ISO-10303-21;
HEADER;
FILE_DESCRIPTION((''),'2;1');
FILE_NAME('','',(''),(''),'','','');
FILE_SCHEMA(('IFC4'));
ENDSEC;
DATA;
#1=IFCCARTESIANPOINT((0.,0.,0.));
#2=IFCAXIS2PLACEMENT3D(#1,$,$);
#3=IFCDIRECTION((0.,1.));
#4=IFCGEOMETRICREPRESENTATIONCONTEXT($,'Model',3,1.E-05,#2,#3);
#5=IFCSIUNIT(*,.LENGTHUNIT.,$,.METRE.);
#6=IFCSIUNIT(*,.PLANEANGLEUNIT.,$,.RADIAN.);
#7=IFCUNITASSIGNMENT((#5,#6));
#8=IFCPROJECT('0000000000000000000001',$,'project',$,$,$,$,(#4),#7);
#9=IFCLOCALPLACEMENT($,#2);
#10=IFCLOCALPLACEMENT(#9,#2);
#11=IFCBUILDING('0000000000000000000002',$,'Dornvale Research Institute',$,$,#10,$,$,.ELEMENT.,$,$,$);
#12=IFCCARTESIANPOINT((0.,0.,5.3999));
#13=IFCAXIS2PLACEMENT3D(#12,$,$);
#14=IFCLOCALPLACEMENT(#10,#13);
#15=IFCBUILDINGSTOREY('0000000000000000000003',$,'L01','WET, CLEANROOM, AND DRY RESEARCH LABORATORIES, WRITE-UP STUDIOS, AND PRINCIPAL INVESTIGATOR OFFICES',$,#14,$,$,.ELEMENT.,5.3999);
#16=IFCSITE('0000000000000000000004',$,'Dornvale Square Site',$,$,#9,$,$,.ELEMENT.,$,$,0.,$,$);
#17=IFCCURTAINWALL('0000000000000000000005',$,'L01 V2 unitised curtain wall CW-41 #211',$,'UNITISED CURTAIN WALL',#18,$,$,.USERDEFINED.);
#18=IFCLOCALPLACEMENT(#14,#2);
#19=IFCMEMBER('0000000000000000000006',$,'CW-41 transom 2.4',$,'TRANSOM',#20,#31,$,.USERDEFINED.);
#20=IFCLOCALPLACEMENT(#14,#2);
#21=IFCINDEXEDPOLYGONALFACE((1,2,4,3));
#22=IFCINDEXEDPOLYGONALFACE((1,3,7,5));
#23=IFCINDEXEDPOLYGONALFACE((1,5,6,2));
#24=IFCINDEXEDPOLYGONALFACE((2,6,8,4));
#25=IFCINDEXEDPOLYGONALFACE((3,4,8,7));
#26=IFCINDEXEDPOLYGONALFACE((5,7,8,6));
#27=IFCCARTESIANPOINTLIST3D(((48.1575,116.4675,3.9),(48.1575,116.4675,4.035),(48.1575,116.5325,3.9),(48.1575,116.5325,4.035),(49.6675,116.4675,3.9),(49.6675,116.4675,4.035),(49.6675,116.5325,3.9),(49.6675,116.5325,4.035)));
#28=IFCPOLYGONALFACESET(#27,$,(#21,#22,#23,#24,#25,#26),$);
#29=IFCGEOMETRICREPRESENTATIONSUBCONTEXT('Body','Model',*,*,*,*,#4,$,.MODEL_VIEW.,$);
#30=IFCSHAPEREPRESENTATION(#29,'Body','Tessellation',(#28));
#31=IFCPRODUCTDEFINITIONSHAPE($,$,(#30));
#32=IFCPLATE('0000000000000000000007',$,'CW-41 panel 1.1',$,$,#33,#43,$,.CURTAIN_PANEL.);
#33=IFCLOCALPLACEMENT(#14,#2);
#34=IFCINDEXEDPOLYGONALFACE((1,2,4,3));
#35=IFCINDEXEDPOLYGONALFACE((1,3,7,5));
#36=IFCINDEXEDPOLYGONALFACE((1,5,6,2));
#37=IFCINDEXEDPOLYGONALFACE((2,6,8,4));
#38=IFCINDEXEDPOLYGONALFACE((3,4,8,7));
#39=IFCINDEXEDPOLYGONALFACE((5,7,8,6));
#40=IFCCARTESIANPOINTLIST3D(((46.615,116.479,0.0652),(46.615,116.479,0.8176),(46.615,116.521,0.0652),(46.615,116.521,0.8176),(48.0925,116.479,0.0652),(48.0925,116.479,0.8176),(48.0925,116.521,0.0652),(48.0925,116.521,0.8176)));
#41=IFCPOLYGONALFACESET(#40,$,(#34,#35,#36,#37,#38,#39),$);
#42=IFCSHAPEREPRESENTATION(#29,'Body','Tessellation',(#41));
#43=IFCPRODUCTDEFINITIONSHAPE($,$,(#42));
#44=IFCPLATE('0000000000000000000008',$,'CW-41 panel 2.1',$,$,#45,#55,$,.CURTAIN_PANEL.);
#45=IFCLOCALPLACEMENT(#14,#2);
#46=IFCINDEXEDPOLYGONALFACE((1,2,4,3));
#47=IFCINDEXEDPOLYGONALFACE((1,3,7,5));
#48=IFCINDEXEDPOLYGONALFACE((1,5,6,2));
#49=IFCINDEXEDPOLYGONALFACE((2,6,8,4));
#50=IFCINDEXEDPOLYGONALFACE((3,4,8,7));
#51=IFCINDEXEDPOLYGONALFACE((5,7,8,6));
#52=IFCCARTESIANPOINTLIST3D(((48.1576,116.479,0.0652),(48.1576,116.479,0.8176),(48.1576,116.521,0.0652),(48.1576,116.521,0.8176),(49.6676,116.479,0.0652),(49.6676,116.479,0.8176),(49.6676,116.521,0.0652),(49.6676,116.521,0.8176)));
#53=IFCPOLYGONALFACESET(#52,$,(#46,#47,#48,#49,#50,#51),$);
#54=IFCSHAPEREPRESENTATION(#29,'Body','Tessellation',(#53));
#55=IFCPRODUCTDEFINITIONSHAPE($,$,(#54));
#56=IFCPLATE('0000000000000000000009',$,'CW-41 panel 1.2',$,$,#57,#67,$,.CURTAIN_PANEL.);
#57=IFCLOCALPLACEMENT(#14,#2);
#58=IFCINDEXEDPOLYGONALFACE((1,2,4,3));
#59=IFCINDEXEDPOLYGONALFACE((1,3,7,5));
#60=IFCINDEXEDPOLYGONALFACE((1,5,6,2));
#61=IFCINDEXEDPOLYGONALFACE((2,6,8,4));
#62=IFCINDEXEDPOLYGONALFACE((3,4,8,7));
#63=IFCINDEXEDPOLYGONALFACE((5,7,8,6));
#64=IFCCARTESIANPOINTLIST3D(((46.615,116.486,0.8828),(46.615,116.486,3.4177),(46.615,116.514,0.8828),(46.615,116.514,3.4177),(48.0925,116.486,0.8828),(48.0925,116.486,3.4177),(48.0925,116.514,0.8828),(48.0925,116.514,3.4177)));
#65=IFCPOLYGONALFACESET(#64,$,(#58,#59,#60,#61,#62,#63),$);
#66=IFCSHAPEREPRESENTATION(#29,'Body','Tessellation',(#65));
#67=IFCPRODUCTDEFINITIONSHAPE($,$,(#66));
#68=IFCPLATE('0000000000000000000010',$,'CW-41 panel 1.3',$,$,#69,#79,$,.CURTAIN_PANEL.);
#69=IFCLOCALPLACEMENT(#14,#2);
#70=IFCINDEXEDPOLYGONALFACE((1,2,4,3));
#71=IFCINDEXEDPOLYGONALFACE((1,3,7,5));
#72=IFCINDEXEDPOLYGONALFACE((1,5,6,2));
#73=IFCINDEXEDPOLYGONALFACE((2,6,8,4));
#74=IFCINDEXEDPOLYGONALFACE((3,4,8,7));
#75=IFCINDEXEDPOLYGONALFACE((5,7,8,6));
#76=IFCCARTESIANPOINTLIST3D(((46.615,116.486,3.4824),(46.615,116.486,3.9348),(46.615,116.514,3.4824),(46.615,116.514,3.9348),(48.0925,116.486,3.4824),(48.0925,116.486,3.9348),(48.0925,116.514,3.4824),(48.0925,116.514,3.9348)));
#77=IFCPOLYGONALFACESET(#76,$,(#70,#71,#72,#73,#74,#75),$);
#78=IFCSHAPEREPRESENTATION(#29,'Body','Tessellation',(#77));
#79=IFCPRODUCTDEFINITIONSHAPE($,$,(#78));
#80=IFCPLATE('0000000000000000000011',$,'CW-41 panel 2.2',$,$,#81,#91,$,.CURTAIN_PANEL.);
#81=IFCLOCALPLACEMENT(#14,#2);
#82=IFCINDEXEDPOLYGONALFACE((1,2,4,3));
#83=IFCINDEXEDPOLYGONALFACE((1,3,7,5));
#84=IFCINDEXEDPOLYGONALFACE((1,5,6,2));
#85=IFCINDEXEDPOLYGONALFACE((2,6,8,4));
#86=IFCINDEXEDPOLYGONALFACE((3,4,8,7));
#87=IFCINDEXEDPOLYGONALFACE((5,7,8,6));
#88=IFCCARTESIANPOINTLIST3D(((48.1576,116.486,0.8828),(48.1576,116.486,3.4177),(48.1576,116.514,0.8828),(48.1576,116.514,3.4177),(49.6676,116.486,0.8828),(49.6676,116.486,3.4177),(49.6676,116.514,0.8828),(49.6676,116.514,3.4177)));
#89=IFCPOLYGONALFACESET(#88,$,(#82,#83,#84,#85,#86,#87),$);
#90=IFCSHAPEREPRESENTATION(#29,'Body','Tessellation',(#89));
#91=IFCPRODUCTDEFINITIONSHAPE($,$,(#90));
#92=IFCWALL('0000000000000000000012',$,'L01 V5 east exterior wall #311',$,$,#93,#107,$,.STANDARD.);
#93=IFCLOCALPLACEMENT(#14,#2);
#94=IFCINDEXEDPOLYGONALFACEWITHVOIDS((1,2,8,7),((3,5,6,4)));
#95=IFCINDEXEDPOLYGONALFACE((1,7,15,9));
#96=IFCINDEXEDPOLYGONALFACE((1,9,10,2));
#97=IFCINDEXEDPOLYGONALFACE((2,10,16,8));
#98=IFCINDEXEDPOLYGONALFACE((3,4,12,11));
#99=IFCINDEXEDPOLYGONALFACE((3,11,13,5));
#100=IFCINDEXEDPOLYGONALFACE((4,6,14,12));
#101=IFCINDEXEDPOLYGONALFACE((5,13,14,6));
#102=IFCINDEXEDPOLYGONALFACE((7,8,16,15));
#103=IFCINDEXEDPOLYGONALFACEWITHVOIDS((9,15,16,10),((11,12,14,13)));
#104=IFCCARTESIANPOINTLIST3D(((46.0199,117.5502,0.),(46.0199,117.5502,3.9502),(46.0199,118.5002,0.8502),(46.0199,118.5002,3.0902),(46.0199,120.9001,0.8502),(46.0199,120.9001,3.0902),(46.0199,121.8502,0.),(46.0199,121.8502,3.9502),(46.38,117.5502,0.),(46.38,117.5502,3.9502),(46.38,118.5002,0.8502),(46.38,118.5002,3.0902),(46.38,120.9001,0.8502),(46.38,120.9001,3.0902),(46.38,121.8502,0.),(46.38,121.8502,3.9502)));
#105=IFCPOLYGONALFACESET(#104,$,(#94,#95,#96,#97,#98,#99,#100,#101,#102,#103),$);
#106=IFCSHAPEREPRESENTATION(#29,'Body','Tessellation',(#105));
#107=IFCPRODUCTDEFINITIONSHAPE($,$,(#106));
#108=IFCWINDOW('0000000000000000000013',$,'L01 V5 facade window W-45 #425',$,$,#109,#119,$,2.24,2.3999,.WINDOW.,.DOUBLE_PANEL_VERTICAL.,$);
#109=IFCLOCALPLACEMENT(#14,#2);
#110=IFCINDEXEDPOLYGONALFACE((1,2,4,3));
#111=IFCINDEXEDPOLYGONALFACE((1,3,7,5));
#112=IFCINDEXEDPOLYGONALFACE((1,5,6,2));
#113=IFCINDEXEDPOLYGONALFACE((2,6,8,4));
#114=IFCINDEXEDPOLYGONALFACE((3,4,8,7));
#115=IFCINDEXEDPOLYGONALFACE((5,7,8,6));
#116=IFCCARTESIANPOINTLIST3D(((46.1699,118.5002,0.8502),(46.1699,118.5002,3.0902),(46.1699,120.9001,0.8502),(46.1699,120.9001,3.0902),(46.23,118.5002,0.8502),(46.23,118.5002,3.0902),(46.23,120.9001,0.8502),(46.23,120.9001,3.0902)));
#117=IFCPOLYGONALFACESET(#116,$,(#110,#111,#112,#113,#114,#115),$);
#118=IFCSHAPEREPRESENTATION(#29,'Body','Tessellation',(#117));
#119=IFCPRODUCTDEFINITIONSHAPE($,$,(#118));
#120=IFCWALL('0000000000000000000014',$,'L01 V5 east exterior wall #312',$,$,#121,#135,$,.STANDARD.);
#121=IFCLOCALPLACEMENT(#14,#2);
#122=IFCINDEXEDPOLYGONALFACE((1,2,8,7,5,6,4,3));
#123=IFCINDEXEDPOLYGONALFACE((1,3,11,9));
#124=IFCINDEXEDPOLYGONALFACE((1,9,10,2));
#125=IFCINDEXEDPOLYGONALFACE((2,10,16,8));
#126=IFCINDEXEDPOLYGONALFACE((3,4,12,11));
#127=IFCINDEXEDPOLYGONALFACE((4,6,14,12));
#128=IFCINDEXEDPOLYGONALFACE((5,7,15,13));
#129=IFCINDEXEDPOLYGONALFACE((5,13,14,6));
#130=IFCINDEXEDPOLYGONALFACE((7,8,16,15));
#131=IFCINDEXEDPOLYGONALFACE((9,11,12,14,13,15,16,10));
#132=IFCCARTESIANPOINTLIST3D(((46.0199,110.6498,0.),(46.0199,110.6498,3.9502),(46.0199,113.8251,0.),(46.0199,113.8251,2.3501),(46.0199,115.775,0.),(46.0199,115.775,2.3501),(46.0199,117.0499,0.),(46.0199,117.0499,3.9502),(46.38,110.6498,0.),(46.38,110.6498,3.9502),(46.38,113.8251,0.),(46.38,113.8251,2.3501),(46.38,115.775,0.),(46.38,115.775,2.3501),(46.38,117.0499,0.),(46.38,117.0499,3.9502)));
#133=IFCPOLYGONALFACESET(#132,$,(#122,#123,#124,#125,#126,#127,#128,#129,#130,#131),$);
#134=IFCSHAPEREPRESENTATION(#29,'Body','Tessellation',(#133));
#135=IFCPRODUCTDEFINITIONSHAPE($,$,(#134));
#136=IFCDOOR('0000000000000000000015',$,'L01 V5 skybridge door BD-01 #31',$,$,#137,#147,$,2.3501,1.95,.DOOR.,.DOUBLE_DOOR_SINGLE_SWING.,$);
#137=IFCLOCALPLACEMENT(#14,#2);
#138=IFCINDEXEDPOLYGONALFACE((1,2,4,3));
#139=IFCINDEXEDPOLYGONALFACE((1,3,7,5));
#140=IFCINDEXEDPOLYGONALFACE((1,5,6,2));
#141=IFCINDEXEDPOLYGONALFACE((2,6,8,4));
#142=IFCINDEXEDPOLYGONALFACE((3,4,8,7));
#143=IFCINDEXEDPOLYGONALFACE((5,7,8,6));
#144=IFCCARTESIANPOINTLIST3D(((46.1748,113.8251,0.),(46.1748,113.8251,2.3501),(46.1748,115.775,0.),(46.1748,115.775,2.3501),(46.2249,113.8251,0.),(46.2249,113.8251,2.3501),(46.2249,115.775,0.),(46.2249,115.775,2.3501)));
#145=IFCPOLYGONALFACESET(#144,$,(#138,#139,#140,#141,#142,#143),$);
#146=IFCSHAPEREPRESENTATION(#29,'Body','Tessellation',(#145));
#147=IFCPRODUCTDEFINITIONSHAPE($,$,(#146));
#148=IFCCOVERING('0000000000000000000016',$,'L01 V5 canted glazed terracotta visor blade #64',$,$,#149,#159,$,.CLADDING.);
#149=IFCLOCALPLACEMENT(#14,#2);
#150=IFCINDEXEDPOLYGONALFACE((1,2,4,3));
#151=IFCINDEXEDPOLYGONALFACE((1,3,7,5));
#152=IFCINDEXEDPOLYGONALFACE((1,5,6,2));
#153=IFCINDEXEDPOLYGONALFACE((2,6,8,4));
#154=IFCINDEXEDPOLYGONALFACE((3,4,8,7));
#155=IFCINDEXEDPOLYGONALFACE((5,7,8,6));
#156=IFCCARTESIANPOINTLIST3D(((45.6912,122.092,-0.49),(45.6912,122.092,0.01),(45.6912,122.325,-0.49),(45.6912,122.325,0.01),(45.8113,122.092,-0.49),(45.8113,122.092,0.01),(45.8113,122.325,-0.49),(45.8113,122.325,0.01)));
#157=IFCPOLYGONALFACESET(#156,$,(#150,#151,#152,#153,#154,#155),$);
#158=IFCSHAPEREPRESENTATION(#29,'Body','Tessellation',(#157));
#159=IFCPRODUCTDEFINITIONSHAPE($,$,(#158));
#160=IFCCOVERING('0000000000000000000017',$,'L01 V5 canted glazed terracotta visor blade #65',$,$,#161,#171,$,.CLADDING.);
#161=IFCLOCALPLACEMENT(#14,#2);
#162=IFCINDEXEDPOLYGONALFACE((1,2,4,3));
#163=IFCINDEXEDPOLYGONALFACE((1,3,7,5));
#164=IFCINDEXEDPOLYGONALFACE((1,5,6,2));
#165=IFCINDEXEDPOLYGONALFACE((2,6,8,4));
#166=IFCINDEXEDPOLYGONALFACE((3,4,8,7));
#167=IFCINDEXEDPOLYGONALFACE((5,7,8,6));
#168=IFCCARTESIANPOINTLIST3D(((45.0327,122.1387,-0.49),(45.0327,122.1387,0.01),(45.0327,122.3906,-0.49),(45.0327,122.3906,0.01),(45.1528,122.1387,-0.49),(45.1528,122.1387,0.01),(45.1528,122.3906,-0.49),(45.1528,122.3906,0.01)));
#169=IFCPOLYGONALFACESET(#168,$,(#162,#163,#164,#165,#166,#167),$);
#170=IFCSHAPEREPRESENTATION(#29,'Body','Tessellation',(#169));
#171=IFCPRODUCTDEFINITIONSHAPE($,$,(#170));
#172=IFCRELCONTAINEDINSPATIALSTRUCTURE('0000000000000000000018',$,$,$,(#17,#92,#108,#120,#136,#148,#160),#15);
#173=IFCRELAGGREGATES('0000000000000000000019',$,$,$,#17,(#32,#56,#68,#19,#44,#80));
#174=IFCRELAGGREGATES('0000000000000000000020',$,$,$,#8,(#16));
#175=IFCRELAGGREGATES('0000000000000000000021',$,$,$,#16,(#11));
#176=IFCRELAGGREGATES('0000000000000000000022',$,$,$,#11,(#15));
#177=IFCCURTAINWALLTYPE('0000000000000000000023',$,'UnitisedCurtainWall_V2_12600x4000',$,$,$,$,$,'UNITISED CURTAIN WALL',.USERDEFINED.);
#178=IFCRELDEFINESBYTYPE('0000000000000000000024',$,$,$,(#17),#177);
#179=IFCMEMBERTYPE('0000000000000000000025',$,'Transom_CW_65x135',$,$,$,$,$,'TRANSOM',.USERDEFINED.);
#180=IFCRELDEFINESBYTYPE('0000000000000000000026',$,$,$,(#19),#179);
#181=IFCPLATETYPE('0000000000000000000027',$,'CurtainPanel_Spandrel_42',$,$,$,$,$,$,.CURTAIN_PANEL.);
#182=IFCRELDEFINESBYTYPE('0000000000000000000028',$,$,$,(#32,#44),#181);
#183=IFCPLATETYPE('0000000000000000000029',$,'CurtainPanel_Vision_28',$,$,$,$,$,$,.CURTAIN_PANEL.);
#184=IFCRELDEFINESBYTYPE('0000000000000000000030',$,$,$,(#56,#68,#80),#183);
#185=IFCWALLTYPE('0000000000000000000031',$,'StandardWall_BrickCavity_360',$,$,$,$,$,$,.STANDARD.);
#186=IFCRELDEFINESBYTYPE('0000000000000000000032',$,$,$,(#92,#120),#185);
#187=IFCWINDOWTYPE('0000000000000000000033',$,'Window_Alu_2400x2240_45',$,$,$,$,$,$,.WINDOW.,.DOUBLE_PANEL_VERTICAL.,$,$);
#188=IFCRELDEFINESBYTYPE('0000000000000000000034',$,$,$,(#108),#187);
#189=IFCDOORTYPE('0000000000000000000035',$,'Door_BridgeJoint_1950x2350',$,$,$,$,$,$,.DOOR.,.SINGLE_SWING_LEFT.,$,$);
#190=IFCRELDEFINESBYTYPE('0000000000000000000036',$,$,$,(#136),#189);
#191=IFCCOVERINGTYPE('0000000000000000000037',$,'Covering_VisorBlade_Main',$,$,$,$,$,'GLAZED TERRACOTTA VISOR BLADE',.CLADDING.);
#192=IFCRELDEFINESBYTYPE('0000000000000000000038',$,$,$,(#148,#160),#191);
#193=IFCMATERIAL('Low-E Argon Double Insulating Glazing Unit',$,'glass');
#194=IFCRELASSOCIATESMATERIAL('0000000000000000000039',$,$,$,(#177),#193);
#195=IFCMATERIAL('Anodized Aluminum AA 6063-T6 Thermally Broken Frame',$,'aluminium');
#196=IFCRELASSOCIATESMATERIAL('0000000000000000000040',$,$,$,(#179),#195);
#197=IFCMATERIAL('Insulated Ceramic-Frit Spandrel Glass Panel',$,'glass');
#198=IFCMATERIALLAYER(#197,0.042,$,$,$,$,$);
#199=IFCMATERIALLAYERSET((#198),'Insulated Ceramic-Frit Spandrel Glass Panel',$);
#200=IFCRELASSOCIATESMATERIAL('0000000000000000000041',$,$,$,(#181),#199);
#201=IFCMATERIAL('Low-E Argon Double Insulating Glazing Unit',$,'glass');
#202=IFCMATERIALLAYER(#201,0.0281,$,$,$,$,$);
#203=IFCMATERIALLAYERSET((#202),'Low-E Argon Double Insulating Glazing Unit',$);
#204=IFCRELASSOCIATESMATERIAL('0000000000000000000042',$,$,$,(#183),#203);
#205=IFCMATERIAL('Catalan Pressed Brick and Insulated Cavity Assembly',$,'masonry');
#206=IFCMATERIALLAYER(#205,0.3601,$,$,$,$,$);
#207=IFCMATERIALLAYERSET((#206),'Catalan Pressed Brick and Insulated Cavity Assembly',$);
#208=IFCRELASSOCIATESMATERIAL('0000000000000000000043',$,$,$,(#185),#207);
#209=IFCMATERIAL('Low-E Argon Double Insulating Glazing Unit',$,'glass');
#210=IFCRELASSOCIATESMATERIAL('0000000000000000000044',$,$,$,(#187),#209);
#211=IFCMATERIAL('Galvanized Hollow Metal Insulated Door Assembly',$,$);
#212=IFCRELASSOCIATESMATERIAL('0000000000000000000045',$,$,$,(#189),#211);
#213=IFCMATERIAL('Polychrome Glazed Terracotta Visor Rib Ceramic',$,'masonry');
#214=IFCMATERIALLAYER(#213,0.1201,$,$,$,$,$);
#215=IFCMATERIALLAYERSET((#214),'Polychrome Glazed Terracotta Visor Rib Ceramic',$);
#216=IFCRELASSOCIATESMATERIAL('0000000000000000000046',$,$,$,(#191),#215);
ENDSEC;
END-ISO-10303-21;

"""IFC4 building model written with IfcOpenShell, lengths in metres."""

from ifc_helpers import new_model, si_unit, direction, frame, frame_2d, origin, origin_2d, place, context, subcontext, project, spatial, rectangle, extrude, material, layer, layer_set, material_profile, profile_set, type_object, element, fill, aggregate, save


model = new_model("IFC4")

# Units and contexts
model_context = context("Model", 3, precision=1e-05, world=origin(), true_north=direction((0.0, 1.0)))
body_context = subcontext(model_context, "Body", "Model", "MODEL_VIEW")
ifc_project = project(units=[si_unit("LENGTHUNIT", "METRE"), si_unit("PLANEANGLEUNIT", "RADIAN")], contexts=[model_context])

# Site, building, storey
site_placement = place(None, origin())
site = spatial("IfcSite", under=ifc_project, at=site_placement, Name="Dornvale Square Site", CompositionType="ELEMENT", RefElevation=0.0)
building_placement = place(site_placement, origin())
building = spatial("IfcBuilding", under=site, at=building_placement, Name="Dornvale Research Institute", CompositionType="ELEMENT")
storey_placement = place(building_placement, frame((0.0, 0.0, 5.3999)))
storey = spatial("IfcBuildingStorey", under=building, at=storey_placement, Name="L01", Description="WET, CLEANROOM, AND DRY RESEARCH LABORATORIES, WRITE-UP STUDIOS, AND PRINCIPAL INVESTIGATOR OFFICES", CompositionType="ELEMENT", Elevation=5.3999)

# Curtain wall
ifc_material_1 = material(Name="Low-E Argon Double Insulating Glazing Unit", Category="glass")
curtain_wall_type = type_object("IfcCurtainWallType", Name="UnitisedCurtainWall_V2_12600x4000", ElementType="UNITISED CURTAIN WALL", PredefinedType="USERDEFINED", material=ifc_material_1)
curtain_wall_placement = place(storey_placement, origin())
curtain_wall = element("IfcCurtainWall", 1, at=curtain_wall_placement, inside=storey, type_object=curtain_wall_type, Name="L01 V2 unitised curtain wall CW-41 #211", ObjectType="UNITISED CURTAIN WALL", PredefinedType="USERDEFINED")

# Member
ifc_material_2 = material(Name="Anodized Aluminum AA 6063-T6 Thermally Broken Frame", Category="aluminium")
ifc_material_profile_1 = material_profile(ifc_material_2, rectangle(XDim=0.0649, YDim=0.135, at=origin_2d()), Name="ALU TRANSOM 65x135")
ifc_profile_set_1 = profile_set([ifc_material_profile_1], Name="Anodized Aluminum AA 6063-T6 Thermally Broken Frame")
member_type_1 = type_object("IfcMemberType", Name="Transom_CW_65x135", ElementType="TRANSOM", PredefinedType="USERDEFINED", material=ifc_profile_set_1)
member_1_placement = place(storey_placement, frame((48.1575, 116.5, 3.9675), z_axis=(1.0, 0.0, 0.0), x_axis=(0.0, 1.0, 0.0)))
member_1 = element("IfcMember", 2, at=member_1_placement, type_object=member_type_1, Name="CW-41 transom 2.4", ObjectType="TRANSOM", PredefinedType="USERDEFINED", context=body_context, shape_type="SweptSolid", body=[
    extrude(rectangle(XDim=0.0649, YDim=0.135, at=origin_2d()), origin(), (0.0, 0.0, 1.0), 1.51),
])

# Plates
ifc_material_3 = material(Name="Insulated Ceramic-Frit Spandrel Glass Panel", Category="glass")
ifc_layer_1 = layer(ifc_material_3, 0.042)
ifc_layer_set_1 = layer_set([ifc_layer_1], Name="Insulated Ceramic-Frit Spandrel Glass Panel")
plate_type_1 = type_object("IfcPlateType", Name="CurtainPanel_Spandrel_42", PredefinedType="CURTAIN_PANEL", material=ifc_layer_set_1)
plate_1_placement = place(storey_placement, frame((47.3538, 116.5, 0.0652), z_axis=(0.0, 0.0, 1.0), x_axis=(1.0, 0.0, 0.0)))
plate_1 = element("IfcPlate", 3, at=plate_1_placement, type_object=plate_type_1, Name="CW-41 panel 1.1", PredefinedType="CURTAIN_PANEL", context=body_context, shape_type="SweptSolid", body=[
    extrude(rectangle(XDim=1.4775, YDim=0.042, at=origin_2d()), origin(), (0.0, 0.0, 1.0), 0.7524),
])
plate_2_placement = place(storey_placement, frame((48.9126, 116.5, 0.0652), z_axis=(0.0, 0.0, 1.0), x_axis=(1.0, 0.0, 0.0)))
plate_2 = element("IfcPlate", 4, at=plate_2_placement, type_object=plate_type_1, Name="CW-41 panel 2.1", PredefinedType="CURTAIN_PANEL", context=body_context, shape_type="SweptSolid", body=[
    extrude(rectangle(XDim=1.51, YDim=0.042, at=origin_2d()), origin(), (0.0, 0.0, 1.0), 0.7524),
])
ifc_material_4 = material(Name="Low-E Argon Double Insulating Glazing Unit", Category="glass")
ifc_layer_2 = layer(ifc_material_4, 0.0281)
ifc_layer_set_2 = layer_set([ifc_layer_2], Name="Low-E Argon Double Insulating Glazing Unit")
plate_type_2 = type_object("IfcPlateType", Name="CurtainPanel_Vision_28", PredefinedType="CURTAIN_PANEL", material=ifc_layer_set_2)
plate_3_placement = place(storey_placement, frame((47.3538, 116.5, 0.8828), z_axis=(0.0, 0.0, 1.0), x_axis=(1.0, 0.0, 0.0)))
plate_3 = element("IfcPlate", 5, at=plate_3_placement, type_object=plate_type_2, Name="CW-41 panel 1.2", PredefinedType="CURTAIN_PANEL", context=body_context, shape_type="SweptSolid", body=[
    extrude(rectangle(XDim=1.4775, YDim=0.0281, at=origin_2d()), origin(), (0.0, 0.0, 1.0), 2.5349),
])
plate_4_placement = place(storey_placement, frame((47.3538, 116.5, 3.4824), z_axis=(0.0, 0.0, 1.0), x_axis=(1.0, 0.0, 0.0)))
plate_4 = element("IfcPlate", 6, at=plate_4_placement, type_object=plate_type_2, Name="CW-41 panel 1.3", PredefinedType="CURTAIN_PANEL", context=body_context, shape_type="SweptSolid", body=[
    extrude(rectangle(XDim=1.4775, YDim=0.0281, at=origin_2d()), origin(), (0.0, 0.0, 1.0), 0.4524),
])
plate_5_placement = place(storey_placement, frame((48.9126, 116.5, 0.8828), z_axis=(0.0, 0.0, 1.0), x_axis=(1.0, 0.0, 0.0)))
plate_5 = element("IfcPlate", 7, at=plate_5_placement, type_object=plate_type_2, Name="CW-41 panel 2.2", PredefinedType="CURTAIN_PANEL", context=body_context, shape_type="SweptSolid", body=[
    extrude(rectangle(XDim=1.51, YDim=0.0281, at=origin_2d()), origin(), (0.0, 0.0, 1.0), 2.5349),
])
aggregate(curtain_wall, [plate_1, plate_3, plate_4, member_1, plate_2, plate_5])

# Wall, opening, window
ifc_material_5 = material(Name="Catalan Pressed Brick and Insulated Cavity Assembly", Category="masonry")
ifc_layer_3 = layer(ifc_material_5, 0.3601)
ifc_layer_set_3 = layer_set([ifc_layer_3], Name="Catalan Pressed Brick and Insulated Cavity Assembly")
wall_type = type_object("IfcWallType", Name="StandardWall_BrickCavity_360", PredefinedType="STANDARD", material=ifc_layer_set_3)
wall_1_placement = place(storey_placement, frame((46.2, 121.8501, 0.0), z_axis=(0.0, 0.0, 1.0), x_axis=(0.0, -1.0, 0.0)))
wall_1 = element("IfcWall", 8, at=wall_1_placement, inside=storey, type_object=wall_type, Name="L01 V5 east exterior wall #311", PredefinedType="STANDARD", context=body_context, shape_type="SweptSolid", body=[
    extrude(rectangle(XDim=4.3, YDim=0.3601, at=frame_2d((2.1499, 0.0))), origin(), (0.0, 0.0, 1.0), 3.9502),
])
opening_1_placement = place(wall_1_placement, frame((0.95, 0.0, 0.8501)))
opening_1 = element("IfcOpeningElement", 9, at=opening_1_placement, cuts=wall_1, PredefinedType="OPENING", context=body_context, shape_type="SweptSolid", body=[
    extrude(rectangle(XDim=2.3999, YDim=2.24, at=frame_2d((1.2, 1.1201))), frame((0.0, 0.1951, 0.0), z_axis=(0.0, -1.0, 0.0), x_axis=(1.0, 0.0, 0.0)), (0.0, 0.0, 1.0), 0.3901),
])
ifc_material_6 = material(Name="Low-E Argon Double Insulating Glazing Unit", Category="glass")
window_type = type_object("IfcWindowType", Name="Window_Alu_2400x2240_45", PartitioningType="DOUBLE_PANEL_VERTICAL", PredefinedType="WINDOW", material=ifc_material_6)
window_placement = place(opening_1_placement, origin())
window = element("IfcWindow", 10, at=window_placement, inside=storey, type_object=window_type, Name="L01 V5 facade window W-45 #425", OverallHeight=2.24, OverallWidth=2.3999, PartitioningType="DOUBLE_PANEL_VERTICAL", PredefinedType="WINDOW", context=body_context, shape_type="SweptSolid", body=[
    extrude(rectangle(XDim=2.3999, YDim=2.24, at=frame_2d((1.2, 1.1201))), frame((0.0, 0.03, 0.0), z_axis=(0.0, -1.0, 0.0), x_axis=(1.0, 0.0, 0.0)), (0.0, 0.0, 1.0), 0.0601),
])
fill(opening_1, window)

# Wall, opening, door
wall_2_placement = place(storey_placement, frame((46.2, 117.05, 0.0), z_axis=(0.0, 0.0, 1.0), x_axis=(0.0, -1.0, 0.0)))
wall_2 = element("IfcWall", 11, at=wall_2_placement, inside=storey, type_object=wall_type, Name="L01 V5 east exterior wall #312", PredefinedType="STANDARD", context=body_context, shape_type="SweptSolid", body=[
    extrude(rectangle(XDim=6.4001, YDim=0.3601, at=frame_2d((3.2002, 0.0))), origin(), (0.0, 0.0, 1.0), 3.9502),
])
opening_2_placement = place(wall_2_placement, frame((1.2749, 0.0, 0.0)))
opening_2 = element("IfcOpeningElement", 12, at=opening_2_placement, cuts=wall_2, PredefinedType="OPENING", context=body_context, shape_type="SweptSolid", body=[
    extrude(rectangle(XDim=1.95, YDim=2.3501, at=frame_2d((0.9751, 1.175))), frame((0.0, 0.1951, 0.0), z_axis=(0.0, -1.0, 0.0), x_axis=(1.0, 0.0, 0.0)), (0.0, 0.0, 1.0), 0.3901),
])
ifc_material_7 = material(Name="Galvanized Hollow Metal Insulated Door Assembly")
door_type = type_object("IfcDoorType", Name="Door_BridgeJoint_1950x2350", OperationType="SINGLE_SWING_LEFT", PredefinedType="DOOR", material=ifc_material_7)
door_placement = place(opening_2_placement, origin())
door = element("IfcDoor", 13, at=door_placement, inside=storey, type_object=door_type, Name="L01 V5 skybridge door BD-01 #31", OperationType="DOUBLE_DOOR_SINGLE_SWING", OverallHeight=2.3501, OverallWidth=1.95, PredefinedType="DOOR", context=body_context, shape_type="SweptSolid", body=[
    extrude(rectangle(XDim=1.95, YDim=2.3501, at=frame_2d((0.9751, 1.175))), frame((0.0, 0.0249, 0.0), z_axis=(0.0, -1.0, 0.0), x_axis=(1.0, 0.0, 0.0)), (0.0, 0.0, 1.0), 0.05),
])
fill(opening_2, door)

# Coverings
ifc_material_8 = material(Name="Polychrome Glazed Terracotta Visor Rib Ceramic", Category="masonry")
ifc_layer_4 = layer(ifc_material_8, 0.1201)
ifc_layer_set_4 = layer_set([ifc_layer_4], Name="Polychrome Glazed Terracotta Visor Rib Ceramic")
covering_type = type_object("IfcCoveringType", Name="Covering_VisorBlade_Main", ElementType="GLAZED TERRACOTTA VISOR BLADE", PredefinedType="CLADDING", material=ifc_layer_set_4)
covering_1_placement = place(storey_placement, frame((45.7512, 122.2085, -0.49), z_axis=(0.0, 0.0, 1.0), x_axis=(0.0, 1.0, 0.0)))
element("IfcCovering", 14, at=covering_1_placement, inside=storey, type_object=covering_type, Name="L01 V5 canted glazed terracotta visor blade #64", PredefinedType="CLADDING", context=body_context, shape_type="SweptSolid", body=[
    extrude(rectangle(XDim=0.2329, YDim=0.1201, at=origin_2d()), origin(), (0.0, 0.0, 1.0), 0.5),
])
covering_2_placement = place(storey_placement, frame((45.0928, 122.2646, -0.49), z_axis=(0.0, 0.0, 1.0), x_axis=(0.0, 1.0, 0.0)))
element("IfcCovering", 15, at=covering_2_placement, inside=storey, type_object=covering_type, Name="L01 V5 canted glazed terracotta visor blade #65", PredefinedType="CLADDING", context=body_context, shape_type="SweptSolid", body=[
    extrude(rectangle(XDim=0.252, YDim=0.1201, at=origin_2d()), origin(), (0.0, 0.0, 1.0), 0.5),
])

save(model, "model.ifc")
